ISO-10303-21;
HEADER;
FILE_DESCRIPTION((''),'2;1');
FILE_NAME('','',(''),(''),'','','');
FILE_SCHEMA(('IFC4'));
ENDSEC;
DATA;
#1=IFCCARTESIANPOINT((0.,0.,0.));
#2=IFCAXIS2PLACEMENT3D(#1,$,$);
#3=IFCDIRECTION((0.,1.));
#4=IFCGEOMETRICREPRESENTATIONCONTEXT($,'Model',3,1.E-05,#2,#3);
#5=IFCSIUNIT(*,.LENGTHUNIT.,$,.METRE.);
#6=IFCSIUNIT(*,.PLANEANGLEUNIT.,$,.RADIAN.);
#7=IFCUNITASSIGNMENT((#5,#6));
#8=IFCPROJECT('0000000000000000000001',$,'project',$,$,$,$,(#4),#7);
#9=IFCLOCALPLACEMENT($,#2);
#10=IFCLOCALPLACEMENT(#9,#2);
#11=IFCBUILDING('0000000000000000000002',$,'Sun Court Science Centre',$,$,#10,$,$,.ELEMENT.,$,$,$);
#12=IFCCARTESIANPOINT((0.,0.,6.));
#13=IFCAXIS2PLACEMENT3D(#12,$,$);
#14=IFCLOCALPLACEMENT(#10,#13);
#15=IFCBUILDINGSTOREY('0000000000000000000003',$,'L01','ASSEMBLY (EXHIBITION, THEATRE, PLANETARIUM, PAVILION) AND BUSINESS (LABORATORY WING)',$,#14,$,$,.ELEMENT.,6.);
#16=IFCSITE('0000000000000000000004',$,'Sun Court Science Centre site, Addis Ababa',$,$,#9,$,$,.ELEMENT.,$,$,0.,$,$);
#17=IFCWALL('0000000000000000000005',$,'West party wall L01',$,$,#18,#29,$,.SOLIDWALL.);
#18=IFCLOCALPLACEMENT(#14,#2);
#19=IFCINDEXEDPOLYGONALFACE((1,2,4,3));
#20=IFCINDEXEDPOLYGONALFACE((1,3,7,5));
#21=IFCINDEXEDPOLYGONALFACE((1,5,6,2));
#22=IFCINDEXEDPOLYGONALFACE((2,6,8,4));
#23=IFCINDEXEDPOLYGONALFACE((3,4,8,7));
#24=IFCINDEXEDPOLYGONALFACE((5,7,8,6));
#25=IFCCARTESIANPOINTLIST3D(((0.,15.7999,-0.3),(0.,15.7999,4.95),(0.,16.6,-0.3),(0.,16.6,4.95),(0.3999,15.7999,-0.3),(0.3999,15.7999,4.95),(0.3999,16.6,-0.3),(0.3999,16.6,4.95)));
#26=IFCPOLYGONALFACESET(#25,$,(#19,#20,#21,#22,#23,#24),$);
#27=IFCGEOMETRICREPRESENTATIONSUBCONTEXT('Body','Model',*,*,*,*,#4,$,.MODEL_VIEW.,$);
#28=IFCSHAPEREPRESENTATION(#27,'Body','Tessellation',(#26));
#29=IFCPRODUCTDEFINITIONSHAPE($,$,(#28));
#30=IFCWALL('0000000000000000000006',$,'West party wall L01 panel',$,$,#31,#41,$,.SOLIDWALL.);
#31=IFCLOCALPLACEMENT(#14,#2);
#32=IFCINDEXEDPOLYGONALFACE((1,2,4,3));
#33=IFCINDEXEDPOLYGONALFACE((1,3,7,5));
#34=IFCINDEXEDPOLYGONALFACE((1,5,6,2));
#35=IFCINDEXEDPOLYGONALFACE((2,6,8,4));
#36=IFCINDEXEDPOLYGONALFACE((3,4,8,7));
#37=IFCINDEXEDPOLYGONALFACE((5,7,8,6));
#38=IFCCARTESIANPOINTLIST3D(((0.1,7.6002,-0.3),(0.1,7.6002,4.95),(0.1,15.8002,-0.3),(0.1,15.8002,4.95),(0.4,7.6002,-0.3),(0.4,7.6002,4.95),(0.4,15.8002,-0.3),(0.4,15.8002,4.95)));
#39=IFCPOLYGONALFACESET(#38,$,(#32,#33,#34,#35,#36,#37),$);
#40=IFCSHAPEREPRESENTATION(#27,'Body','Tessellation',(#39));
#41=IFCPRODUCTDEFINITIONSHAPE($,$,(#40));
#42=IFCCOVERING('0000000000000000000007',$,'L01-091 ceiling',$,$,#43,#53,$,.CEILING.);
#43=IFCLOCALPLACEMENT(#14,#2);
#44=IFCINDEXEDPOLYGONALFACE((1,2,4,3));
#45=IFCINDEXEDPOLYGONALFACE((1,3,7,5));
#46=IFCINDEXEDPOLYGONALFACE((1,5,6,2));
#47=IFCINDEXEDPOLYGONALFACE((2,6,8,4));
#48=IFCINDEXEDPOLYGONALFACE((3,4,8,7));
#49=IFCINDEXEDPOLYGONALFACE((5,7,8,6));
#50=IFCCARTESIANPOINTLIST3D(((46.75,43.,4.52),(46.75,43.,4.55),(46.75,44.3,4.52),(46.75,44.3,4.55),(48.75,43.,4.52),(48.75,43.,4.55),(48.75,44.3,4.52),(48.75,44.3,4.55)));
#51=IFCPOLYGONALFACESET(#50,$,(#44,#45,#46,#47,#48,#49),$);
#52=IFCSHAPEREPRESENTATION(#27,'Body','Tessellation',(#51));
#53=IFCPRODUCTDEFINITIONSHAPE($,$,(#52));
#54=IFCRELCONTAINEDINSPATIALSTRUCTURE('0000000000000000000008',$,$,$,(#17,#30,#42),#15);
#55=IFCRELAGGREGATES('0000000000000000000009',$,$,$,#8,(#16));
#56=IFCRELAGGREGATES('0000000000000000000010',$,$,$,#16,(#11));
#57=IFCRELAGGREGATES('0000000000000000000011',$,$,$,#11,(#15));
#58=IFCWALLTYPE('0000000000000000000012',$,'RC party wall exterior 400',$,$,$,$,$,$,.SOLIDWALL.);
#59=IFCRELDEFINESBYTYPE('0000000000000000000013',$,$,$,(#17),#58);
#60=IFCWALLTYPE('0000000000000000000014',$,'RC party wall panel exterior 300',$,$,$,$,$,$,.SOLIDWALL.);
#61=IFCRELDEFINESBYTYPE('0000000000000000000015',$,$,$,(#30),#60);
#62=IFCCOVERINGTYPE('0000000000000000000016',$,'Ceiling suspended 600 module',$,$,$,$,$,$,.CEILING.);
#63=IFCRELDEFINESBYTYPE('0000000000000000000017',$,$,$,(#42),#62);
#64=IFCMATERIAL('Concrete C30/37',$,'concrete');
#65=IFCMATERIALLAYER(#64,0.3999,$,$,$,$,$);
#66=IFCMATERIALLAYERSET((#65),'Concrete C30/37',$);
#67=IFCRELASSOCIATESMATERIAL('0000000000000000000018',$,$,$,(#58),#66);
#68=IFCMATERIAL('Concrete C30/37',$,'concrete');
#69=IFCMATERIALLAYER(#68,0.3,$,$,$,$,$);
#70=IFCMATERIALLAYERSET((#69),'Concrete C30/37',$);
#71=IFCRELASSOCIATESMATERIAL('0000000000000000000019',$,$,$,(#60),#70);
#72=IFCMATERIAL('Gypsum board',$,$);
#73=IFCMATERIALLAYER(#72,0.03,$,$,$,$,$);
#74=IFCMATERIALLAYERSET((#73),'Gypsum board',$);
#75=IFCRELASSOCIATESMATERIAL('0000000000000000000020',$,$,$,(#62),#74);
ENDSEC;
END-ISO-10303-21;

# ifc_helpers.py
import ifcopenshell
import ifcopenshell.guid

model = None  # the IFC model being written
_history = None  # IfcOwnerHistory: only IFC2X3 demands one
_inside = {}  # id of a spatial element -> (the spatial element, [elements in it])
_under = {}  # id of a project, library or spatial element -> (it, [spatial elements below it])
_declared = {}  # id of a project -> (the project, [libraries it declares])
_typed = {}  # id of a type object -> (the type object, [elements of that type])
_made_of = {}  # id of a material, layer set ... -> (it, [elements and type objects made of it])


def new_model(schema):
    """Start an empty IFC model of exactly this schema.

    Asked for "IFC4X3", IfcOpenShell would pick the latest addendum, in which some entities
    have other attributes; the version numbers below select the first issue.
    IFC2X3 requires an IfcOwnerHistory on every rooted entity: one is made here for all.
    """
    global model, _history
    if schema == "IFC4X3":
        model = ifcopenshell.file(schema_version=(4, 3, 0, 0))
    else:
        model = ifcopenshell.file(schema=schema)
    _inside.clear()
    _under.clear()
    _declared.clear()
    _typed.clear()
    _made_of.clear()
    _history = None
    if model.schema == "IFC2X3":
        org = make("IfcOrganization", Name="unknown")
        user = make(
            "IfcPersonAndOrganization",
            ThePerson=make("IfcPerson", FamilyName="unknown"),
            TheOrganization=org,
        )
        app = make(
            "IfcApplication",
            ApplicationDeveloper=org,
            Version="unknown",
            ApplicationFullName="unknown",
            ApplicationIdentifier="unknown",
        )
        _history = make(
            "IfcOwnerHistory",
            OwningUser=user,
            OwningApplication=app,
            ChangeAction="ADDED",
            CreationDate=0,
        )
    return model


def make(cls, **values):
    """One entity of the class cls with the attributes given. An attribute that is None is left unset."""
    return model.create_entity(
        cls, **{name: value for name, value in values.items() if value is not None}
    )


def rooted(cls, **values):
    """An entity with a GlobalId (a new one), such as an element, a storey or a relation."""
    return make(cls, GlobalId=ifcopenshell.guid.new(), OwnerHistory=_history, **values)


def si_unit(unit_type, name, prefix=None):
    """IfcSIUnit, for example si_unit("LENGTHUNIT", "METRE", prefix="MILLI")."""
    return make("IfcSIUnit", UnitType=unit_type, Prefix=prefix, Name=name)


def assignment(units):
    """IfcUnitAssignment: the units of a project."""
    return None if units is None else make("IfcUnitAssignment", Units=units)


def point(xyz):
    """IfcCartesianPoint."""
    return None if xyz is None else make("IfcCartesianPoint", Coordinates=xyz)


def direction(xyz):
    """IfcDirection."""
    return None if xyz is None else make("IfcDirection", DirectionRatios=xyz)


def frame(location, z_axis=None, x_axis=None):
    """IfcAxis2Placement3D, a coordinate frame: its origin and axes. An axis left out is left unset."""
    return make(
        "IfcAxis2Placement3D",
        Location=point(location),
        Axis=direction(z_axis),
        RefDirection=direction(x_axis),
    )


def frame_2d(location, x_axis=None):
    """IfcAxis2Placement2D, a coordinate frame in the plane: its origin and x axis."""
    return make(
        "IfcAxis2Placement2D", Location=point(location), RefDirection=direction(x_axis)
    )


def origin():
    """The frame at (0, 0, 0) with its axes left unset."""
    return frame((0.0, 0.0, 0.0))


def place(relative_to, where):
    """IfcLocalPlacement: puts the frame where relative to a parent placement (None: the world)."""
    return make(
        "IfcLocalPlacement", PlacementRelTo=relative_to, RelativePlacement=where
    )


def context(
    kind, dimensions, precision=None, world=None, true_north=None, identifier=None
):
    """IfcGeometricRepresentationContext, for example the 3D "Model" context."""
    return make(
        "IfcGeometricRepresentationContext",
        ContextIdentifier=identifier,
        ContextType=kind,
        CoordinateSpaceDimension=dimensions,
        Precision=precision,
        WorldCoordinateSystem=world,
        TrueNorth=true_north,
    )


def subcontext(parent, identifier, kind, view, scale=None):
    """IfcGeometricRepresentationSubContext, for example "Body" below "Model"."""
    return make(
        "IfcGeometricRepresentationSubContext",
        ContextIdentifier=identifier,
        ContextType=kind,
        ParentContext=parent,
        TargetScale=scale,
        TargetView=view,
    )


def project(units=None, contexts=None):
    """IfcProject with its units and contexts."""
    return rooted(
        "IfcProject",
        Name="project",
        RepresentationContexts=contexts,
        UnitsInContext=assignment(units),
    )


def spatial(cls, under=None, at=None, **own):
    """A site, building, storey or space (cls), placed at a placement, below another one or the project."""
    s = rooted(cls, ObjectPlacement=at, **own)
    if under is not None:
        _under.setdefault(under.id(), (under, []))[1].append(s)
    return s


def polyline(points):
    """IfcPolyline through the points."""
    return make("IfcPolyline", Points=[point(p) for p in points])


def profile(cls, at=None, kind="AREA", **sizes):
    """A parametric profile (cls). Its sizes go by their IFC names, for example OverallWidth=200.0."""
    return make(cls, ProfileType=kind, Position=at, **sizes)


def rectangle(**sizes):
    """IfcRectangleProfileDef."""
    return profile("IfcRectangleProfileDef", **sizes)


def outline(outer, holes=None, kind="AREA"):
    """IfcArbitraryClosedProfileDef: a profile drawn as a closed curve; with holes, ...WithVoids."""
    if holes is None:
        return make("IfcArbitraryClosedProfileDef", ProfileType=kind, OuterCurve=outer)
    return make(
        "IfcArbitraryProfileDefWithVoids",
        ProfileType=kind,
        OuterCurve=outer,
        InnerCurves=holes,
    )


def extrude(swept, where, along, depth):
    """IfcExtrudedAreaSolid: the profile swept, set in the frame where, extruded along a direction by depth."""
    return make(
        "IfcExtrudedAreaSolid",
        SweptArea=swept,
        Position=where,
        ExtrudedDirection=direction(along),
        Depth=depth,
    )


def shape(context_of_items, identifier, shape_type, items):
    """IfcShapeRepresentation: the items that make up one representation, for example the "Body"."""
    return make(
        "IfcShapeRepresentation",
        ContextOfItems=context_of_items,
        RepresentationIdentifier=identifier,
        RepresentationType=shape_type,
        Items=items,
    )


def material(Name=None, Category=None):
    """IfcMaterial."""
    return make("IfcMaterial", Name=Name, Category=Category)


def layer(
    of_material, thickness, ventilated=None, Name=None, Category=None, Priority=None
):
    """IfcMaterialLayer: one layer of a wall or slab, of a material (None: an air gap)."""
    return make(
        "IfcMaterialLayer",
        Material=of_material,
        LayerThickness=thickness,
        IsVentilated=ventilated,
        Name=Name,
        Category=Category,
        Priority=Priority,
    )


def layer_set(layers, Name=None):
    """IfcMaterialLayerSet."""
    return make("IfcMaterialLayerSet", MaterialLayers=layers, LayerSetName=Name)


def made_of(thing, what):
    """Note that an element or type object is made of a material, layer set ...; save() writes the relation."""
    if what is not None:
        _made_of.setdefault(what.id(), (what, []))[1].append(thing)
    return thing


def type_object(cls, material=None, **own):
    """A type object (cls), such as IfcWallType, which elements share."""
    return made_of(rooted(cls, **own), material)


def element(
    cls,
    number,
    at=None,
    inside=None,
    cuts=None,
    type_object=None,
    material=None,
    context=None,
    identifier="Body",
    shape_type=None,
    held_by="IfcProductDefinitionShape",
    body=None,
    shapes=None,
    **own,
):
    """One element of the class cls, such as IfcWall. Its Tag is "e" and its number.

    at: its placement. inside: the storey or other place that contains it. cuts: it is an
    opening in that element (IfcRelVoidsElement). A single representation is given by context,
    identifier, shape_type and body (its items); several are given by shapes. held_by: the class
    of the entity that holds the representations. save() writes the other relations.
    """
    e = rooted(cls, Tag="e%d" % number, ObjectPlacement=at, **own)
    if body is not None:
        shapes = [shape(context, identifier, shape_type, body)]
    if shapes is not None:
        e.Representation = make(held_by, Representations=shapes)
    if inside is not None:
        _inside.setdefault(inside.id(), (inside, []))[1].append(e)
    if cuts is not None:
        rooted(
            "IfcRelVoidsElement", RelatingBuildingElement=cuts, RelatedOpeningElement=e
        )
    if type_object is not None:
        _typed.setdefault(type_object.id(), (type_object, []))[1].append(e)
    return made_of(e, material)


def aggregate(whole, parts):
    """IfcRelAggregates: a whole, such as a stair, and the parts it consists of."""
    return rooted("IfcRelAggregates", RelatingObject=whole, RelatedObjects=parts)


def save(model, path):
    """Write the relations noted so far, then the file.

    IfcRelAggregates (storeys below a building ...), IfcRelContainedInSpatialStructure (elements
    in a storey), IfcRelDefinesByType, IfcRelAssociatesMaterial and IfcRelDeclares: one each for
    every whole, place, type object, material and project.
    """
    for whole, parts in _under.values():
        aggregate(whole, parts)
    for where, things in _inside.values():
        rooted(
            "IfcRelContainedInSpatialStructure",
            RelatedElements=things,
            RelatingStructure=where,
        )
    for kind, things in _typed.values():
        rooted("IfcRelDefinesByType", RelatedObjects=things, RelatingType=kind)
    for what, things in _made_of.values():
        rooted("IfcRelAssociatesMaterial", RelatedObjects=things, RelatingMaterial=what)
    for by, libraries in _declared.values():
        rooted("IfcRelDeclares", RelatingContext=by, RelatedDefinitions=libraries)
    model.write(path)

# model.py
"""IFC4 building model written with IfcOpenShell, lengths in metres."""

from ifc_helpers import new_model, si_unit, direction, frame, frame_2d, origin, place, context, subcontext, project, spatial, polyline, rectangle, outline, extrude, material, layer, layer_set, type_object, element, save


model = new_model("IFC4")

# Units and contexts
model_context = context("Model", 3, precision=1e-05, world=origin(), true_north=direction((0.0, 1.0)))
body_context = subcontext(model_context, "Body", "Model", "MODEL_VIEW")
ifc_project = project(units=[si_unit("LENGTHUNIT", "METRE"), si_unit("PLANEANGLEUNIT", "RADIAN")], contexts=[model_context])

# Site, building, storey
site_placement = place(None, origin())
site = spatial("IfcSite", under=ifc_project, at=site_placement, Name="Sun Court Science Centre site, Addis Ababa", CompositionType="ELEMENT", RefElevation=0.0)
building_placement = place(site_placement, origin())
building = spatial("IfcBuilding", under=site, at=building_placement, Name="Sun Court Science Centre", CompositionType="ELEMENT")
storey_placement = place(building_placement, frame((0.0, 0.0, 6.0)))
storey = spatial("IfcBuildingStorey", under=building, at=storey_placement, Name="L01", Description="ASSEMBLY (EXHIBITION, THEATRE, PLANETARIUM, PAVILION) AND BUSINESS (LABORATORY WING)", CompositionType="ELEMENT", Elevation=6.0)

# Walls
ifc_material_1 = material(Name="Concrete C30/37", Category="concrete")
ifc_layer_1 = layer(ifc_material_1, 0.3999)
ifc_layer_set_1 = layer_set([ifc_layer_1], Name="Concrete C30/37")
wall_type_1 = type_object("IfcWallType", Name="RC party wall exterior 400", PredefinedType="SOLIDWALL", material=ifc_layer_set_1)
for number, where, z_axis, x_axis, name in (
    (1, (0.2, 15.8, -0.3), (0.0, 0.0, 1.0), (0.0, 1.0, 0.0), "West party wall L01"),
):
    element("IfcWall", number, at=place(storey_placement, frame(where, z_axis=z_axis, x_axis=x_axis)), inside=storey, type_object=wall_type_1, Name=name, PredefinedType="SOLIDWALL", context=body_context, shape_type="SweptSolid", body=[
        extrude(rectangle(XDim=0.8, YDim=0.3999, at=frame_2d((0.3999, 0.0))), origin(), (0.0, 0.0, 1.0), 5.25),
    ])
ifc_material_2 = material(Name="Concrete C30/37", Category="concrete")
ifc_layer_2 = layer(ifc_material_2, 0.3)
ifc_layer_set_2 = layer_set([ifc_layer_2], Name="Concrete C30/37")
wall_type_2 = type_object("IfcWallType", Name="RC party wall panel exterior 300", PredefinedType="SOLIDWALL", material=ifc_layer_set_2)
wall_1_placement = place(storey_placement, frame((0.25, 7.6001, -0.3), z_axis=(0.0, 0.0, 1.0), x_axis=(0.0, 1.0, 0.0)))
element("IfcWall", 2, at=wall_1_placement, inside=storey, type_object=wall_type_2, Name="West party wall L01 panel", PredefinedType="SOLIDWALL", context=body_context, shape_type="SweptSolid", body=[
    extrude(rectangle(XDim=8.2, YDim=0.3, at=frame_2d((4.1001, 0.0))), origin(), (0.0, 0.0, 1.0), 5.25),
])

# Covering
ifc_material_3 = material(Name="Gypsum board")
ifc_layer_3 = layer(ifc_material_3, 0.03)
ifc_layer_set_3 = layer_set([ifc_layer_3], Name="Gypsum board")
covering_type_1 = type_object("IfcCoveringType", Name="Ceiling suspended 600 module", PredefinedType="CEILING", material=ifc_layer_set_3)
covering_1_placement = place(storey_placement, frame((0.0, 0.0, 4.52)))
element("IfcCovering", 3, at=covering_1_placement, inside=storey, type_object=covering_type_1, Name="L01-091 ceiling", PredefinedType="CEILING", context=body_context, shape_type="SweptSolid", body=[
    extrude(outline(polyline([(48.75, 44.3), (48.75, 43.0), (46.75, 43.0), (46.75, 44.3), (48.75, 44.3)])), origin(), (0.0, 0.0, 1.0), 0.03),
])

save(model, "model.ifc")
